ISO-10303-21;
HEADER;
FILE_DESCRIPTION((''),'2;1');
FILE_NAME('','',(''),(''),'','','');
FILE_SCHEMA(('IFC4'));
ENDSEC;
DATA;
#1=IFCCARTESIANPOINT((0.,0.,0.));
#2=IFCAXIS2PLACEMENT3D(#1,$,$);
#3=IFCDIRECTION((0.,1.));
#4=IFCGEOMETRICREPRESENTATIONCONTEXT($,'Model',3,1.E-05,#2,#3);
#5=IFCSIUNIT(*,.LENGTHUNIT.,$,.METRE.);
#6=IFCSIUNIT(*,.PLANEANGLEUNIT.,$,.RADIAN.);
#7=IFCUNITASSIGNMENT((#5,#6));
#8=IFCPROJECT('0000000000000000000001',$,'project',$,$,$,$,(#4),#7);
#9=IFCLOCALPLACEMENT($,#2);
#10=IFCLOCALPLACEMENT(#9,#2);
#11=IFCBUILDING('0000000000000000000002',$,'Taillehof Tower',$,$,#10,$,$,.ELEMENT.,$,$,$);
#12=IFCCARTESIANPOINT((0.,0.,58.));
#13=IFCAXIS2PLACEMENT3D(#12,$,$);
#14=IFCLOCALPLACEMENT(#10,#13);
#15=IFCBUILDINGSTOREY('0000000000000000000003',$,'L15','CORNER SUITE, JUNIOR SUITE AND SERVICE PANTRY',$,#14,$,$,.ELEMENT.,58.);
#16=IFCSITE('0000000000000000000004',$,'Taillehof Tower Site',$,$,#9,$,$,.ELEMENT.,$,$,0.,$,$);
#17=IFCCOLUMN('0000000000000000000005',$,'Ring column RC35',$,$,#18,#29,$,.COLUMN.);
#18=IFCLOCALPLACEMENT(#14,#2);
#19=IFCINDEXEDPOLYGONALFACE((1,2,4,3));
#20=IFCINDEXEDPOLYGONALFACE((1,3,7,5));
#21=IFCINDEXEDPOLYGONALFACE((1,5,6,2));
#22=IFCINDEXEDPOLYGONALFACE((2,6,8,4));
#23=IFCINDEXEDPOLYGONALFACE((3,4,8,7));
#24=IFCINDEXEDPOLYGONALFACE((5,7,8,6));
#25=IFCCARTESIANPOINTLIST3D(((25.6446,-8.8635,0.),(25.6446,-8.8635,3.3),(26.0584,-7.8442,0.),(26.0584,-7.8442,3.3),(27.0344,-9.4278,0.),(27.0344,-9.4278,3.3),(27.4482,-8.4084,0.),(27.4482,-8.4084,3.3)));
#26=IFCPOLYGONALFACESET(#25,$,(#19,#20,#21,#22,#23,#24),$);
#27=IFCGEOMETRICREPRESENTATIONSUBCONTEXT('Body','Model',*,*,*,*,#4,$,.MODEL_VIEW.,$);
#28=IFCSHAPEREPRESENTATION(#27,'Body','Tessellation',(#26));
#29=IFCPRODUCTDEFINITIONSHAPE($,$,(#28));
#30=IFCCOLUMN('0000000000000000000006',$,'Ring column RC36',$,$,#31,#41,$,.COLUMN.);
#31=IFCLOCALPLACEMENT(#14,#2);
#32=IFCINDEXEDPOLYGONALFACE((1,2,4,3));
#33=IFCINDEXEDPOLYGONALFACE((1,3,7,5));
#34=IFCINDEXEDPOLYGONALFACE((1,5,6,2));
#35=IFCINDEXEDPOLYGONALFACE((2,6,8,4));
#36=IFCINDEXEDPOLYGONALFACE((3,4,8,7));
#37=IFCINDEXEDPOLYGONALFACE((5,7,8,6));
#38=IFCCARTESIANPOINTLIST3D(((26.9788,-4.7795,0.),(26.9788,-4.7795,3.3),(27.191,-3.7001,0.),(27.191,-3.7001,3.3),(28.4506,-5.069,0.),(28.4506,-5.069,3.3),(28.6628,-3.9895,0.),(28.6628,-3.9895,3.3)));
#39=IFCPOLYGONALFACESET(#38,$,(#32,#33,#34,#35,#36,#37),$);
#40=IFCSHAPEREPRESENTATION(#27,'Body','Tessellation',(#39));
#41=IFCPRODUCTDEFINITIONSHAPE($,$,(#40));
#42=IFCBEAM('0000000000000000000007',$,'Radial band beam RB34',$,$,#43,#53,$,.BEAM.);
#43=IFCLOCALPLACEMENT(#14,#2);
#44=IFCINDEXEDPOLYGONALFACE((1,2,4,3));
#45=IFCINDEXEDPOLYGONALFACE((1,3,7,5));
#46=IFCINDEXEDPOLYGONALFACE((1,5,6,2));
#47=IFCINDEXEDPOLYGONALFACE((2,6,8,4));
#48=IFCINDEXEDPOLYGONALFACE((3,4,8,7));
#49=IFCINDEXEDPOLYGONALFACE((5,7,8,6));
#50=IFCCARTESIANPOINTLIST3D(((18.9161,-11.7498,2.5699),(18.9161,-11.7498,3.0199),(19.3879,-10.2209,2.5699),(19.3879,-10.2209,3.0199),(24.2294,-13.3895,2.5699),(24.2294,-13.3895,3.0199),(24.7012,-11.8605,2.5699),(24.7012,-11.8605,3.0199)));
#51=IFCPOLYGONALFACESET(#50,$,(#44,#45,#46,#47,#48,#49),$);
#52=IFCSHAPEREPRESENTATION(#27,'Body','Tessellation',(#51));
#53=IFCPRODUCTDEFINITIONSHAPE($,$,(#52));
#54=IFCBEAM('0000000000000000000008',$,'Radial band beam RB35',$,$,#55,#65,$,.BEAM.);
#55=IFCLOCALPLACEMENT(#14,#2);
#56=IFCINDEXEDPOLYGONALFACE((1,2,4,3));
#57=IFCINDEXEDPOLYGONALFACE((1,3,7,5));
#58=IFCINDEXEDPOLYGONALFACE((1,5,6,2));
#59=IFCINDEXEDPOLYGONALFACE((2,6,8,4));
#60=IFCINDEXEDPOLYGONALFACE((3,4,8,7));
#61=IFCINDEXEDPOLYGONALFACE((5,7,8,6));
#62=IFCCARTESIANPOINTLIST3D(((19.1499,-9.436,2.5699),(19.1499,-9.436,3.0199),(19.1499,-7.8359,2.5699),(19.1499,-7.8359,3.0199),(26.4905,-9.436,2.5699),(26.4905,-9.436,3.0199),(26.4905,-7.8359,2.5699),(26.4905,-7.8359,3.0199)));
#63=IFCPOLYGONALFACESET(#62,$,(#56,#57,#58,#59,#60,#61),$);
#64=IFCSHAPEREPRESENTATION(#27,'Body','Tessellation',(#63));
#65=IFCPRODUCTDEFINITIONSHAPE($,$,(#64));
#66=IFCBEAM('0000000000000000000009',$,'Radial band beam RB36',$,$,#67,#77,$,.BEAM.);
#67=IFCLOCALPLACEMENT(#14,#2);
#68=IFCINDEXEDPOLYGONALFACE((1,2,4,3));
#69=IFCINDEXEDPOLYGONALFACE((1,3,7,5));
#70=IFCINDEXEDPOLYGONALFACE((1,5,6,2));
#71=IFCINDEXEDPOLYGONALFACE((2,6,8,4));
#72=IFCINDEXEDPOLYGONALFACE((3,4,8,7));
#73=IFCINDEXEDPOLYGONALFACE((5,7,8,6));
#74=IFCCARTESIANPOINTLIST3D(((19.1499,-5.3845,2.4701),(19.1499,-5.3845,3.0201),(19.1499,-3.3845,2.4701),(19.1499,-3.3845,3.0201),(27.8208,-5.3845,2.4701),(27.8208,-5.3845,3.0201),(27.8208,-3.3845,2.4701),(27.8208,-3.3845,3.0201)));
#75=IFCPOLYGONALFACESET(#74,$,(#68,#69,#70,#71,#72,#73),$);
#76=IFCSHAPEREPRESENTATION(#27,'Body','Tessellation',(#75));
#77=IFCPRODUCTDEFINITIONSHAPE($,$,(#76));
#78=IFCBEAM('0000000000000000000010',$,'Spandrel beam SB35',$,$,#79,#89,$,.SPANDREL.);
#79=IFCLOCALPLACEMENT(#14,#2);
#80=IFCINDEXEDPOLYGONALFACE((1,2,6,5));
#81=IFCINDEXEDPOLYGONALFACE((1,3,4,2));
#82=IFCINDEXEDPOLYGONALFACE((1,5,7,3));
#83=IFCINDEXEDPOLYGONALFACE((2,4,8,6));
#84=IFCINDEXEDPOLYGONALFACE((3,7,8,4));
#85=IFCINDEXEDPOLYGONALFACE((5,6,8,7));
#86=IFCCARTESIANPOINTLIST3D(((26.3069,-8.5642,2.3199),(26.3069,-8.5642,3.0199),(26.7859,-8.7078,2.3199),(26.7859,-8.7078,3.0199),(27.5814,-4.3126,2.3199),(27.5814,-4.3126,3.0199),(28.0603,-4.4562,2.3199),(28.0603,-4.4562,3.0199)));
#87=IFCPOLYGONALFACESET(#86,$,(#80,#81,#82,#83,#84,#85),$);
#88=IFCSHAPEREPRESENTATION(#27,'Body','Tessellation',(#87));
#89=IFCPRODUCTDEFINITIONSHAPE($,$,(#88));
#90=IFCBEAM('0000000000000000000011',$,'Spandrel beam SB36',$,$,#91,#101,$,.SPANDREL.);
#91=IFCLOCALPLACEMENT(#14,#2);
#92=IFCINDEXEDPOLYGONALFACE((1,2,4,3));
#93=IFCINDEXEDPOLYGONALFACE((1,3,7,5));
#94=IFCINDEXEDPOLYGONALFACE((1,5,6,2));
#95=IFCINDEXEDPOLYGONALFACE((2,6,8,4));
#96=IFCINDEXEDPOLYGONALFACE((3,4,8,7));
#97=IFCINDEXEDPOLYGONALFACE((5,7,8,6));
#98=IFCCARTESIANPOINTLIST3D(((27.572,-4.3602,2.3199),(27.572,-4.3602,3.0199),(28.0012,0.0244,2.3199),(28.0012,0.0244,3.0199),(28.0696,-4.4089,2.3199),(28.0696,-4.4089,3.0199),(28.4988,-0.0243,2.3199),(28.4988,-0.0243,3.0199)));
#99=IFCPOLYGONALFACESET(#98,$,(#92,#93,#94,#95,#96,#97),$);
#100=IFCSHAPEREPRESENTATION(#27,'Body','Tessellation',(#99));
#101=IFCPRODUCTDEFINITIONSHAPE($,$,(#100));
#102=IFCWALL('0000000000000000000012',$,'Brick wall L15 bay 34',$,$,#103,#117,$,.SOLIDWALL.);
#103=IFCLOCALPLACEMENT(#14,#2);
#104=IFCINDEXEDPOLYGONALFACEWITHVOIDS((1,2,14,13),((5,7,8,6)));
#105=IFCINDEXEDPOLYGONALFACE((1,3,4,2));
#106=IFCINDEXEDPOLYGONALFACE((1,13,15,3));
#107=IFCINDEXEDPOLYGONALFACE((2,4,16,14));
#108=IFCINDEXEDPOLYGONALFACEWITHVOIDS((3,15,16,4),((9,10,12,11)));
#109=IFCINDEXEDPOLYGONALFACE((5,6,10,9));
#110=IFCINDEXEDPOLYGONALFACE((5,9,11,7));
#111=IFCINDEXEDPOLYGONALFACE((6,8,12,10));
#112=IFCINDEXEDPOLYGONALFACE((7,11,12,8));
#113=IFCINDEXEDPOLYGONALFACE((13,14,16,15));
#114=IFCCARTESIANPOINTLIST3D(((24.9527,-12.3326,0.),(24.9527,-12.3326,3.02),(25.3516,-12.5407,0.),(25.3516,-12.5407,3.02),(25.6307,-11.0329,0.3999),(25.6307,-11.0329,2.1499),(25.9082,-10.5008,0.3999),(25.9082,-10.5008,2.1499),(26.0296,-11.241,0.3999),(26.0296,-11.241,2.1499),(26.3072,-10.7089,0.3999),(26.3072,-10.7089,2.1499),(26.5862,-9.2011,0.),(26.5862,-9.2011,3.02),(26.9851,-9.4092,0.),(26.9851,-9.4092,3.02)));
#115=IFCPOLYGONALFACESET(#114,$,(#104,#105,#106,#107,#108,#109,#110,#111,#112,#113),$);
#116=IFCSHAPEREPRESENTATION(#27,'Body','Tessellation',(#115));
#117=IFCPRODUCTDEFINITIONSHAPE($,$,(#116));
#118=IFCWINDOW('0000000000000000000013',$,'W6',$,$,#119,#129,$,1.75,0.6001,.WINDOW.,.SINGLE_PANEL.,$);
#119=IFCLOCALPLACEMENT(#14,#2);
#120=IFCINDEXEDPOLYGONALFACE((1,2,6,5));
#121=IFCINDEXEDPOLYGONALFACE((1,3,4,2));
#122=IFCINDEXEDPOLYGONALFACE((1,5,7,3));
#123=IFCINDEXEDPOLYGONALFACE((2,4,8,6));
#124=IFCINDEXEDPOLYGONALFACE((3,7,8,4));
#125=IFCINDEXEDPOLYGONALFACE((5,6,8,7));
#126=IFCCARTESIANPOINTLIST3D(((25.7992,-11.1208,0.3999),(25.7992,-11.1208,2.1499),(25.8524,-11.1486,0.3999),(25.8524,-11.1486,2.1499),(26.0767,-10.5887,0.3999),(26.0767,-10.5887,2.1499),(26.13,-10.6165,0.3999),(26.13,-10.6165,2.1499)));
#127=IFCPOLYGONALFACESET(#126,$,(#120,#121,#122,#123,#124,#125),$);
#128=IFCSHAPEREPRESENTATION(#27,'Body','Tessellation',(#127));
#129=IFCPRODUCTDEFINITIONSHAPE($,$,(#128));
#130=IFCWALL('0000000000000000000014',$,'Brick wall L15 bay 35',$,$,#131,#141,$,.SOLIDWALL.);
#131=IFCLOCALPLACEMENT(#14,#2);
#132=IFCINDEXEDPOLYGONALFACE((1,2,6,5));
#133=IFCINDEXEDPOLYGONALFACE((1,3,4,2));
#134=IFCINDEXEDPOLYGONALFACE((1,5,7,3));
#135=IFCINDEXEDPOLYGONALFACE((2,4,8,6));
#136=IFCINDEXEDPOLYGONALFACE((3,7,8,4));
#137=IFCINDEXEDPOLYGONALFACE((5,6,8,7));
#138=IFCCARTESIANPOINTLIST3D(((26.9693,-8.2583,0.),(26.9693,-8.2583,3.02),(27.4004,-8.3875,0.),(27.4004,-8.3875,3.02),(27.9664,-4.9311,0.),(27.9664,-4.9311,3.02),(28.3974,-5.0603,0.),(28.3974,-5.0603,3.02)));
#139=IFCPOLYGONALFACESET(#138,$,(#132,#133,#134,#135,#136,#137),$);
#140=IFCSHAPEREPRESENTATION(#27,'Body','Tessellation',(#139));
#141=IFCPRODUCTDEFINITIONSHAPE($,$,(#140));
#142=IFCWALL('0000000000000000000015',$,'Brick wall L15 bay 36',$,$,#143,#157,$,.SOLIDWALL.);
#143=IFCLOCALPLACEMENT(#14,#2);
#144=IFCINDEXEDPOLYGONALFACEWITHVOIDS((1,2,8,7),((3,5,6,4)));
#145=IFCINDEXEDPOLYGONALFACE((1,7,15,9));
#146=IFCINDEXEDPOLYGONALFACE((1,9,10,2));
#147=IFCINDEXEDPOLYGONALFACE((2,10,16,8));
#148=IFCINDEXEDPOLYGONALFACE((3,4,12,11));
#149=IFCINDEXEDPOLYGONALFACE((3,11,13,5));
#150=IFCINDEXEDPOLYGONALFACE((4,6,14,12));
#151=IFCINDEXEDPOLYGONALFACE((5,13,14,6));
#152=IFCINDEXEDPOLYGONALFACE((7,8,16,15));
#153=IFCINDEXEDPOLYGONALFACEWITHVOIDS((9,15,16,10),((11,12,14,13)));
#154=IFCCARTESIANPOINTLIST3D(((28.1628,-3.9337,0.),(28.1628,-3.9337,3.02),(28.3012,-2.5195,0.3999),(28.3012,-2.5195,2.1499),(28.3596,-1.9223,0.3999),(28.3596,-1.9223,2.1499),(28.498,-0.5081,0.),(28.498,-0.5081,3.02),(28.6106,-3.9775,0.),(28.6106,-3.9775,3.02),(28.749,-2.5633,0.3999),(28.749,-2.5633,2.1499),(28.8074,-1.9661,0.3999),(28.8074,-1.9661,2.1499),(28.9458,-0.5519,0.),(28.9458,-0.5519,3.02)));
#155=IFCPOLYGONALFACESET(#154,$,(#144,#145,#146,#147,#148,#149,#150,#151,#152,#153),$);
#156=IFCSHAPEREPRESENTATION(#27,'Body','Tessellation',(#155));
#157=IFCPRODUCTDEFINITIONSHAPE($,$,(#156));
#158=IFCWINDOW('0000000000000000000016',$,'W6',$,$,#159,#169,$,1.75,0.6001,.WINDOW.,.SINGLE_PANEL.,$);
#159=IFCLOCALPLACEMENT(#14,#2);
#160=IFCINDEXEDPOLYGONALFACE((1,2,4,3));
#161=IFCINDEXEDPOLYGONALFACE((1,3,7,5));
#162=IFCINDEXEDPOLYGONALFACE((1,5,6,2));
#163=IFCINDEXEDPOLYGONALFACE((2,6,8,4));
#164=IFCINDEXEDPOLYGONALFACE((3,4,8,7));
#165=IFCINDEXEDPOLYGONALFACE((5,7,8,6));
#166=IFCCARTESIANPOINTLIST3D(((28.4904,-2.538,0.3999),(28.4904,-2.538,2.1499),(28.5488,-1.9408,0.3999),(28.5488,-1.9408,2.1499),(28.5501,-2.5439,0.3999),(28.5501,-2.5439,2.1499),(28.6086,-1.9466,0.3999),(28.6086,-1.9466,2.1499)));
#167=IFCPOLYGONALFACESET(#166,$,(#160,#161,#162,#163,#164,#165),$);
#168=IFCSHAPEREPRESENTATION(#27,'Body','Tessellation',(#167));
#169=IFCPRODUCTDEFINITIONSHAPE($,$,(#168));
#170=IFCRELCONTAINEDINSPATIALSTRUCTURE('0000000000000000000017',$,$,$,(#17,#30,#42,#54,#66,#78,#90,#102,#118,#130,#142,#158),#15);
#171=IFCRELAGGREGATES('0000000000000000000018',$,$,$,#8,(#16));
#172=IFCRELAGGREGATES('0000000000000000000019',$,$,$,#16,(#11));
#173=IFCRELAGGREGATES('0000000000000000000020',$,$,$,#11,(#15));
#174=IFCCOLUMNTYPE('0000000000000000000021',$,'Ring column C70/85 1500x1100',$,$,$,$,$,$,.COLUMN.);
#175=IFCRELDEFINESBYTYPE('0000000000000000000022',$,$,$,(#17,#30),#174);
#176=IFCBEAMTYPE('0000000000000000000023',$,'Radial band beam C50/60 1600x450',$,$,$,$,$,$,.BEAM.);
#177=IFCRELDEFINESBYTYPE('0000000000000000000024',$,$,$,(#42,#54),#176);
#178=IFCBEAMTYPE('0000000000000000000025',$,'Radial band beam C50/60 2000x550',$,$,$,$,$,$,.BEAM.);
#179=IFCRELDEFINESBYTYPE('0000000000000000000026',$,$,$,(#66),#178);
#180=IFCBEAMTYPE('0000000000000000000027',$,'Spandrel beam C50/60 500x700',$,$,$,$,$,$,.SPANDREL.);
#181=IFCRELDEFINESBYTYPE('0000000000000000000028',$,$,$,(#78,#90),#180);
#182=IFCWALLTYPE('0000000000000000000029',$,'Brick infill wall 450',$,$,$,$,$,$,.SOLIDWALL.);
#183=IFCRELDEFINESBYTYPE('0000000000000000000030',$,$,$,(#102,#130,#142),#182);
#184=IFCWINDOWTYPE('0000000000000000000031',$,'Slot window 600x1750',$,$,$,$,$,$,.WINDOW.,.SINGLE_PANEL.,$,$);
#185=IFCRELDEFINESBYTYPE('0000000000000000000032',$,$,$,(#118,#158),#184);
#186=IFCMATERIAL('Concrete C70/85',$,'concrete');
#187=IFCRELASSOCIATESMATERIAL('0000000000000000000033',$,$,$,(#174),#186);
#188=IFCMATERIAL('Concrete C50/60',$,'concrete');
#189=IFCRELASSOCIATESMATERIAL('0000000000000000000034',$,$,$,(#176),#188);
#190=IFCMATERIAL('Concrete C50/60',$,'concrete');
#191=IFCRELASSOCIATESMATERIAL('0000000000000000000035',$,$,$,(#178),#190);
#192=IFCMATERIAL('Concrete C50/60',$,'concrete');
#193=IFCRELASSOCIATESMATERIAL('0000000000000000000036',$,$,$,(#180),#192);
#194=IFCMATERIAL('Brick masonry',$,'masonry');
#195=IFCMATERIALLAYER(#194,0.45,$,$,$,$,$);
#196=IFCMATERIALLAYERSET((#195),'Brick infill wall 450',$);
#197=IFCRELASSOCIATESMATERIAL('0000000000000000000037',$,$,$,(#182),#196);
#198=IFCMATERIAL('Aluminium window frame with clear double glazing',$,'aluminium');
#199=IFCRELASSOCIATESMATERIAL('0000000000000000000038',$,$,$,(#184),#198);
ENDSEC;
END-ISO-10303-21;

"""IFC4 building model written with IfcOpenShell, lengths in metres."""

from ifc_helpers import new_model, si_unit, direction, frame, frame_2d, origin, origin_2d, place, context, subcontext, project, spatial, rectangle, extrude, material, layer, layer_set, material_profile, profile_set, type_object, element, fill, save


model = new_model("IFC4")

# Units and contexts
model_context = context("Model", 3, precision=1e-05, world=origin(), true_north=direction((0.0, 1.0)))
body_context = subcontext(model_context, "Body", "Model", "MODEL_VIEW")
ifc_project = project(units=[si_unit("LENGTHUNIT", "METRE"), si_unit("PLANEANGLEUNIT", "RADIAN")], contexts=[model_context])

# Site, building, storey
site_placement = place(None, origin())
site = spatial("IfcSite", under=ifc_project, at=site_placement, Name="Taillehof Tower Site", CompositionType="ELEMENT", RefElevation=0.0)
building_placement = place(site_placement, origin())
building = spatial("IfcBuilding", under=site, at=building_placement, Name="Taillehof Tower", CompositionType="ELEMENT")
storey_placement = place(building_placement, frame((0.0, 0.0, 58.0)))
storey = spatial("IfcBuildingStorey", under=building, at=storey_placement, Name="L15", Description="CORNER SUITE, JUNIOR SUITE AND SERVICE PANTRY", CompositionType="ELEMENT", Elevation=58.0)

# Columns
ifc_material_1 = material(Name="Concrete C70/85", Category="concrete")
ifc_material_profile_1 = material_profile(ifc_material_1, rectangle(XDim=1.5, YDim=1.1001, at=origin_2d()), Name="RC 1500x1100")
ifc_profile_set_1 = profile_set([ifc_material_profile_1], Name="Concrete C70/85")
column_type = type_object("IfcColumnType", Name="Ring column C70/85 1500x1100", PredefinedType="COLUMN", material=ifc_profile_set_1)
for number, where, z_axis, x_axis, name in (
    (1, (26.5464, -8.636, 0.0), (0.0, 0.0, 1.0), (0.926558, -0.376152, 0.0), "Ring column RC35"),
    (2, (27.8208, -4.3845, 0.0), (0.0, 0.0, 1.0), (0.981204, -0.192976, 0.0), "Ring column RC36"),
):
    element("IfcColumn", number, at=place(storey_placement, frame(where, z_axis=z_axis, x_axis=x_axis)), inside=storey, type_object=column_type, Name=name, PredefinedType="COLUMN", context=body_context, shape_type="SweptSolid", body=[
        extrude(rectangle(XDim=1.5, YDim=1.1001, at=origin_2d()), origin(), (0.0, 0.0, 1.0), 3.3),
    ])

# Beams
ifc_material_2 = material(Name="Concrete C50/60", Category="concrete")
ifc_material_profile_2 = material_profile(ifc_material_2, rectangle(XDim=1.6001, YDim=0.45, at=origin_2d()), Name="RC 1600x450")
ifc_profile_set_2 = profile_set([ifc_material_profile_2], Name="Concrete C50/60")
beam_type_1 = type_object("IfcBeamType", Name="Radial band beam C50/60 1600x450", PredefinedType="BEAM", material=ifc_profile_set_2)
beam_1_placement = place(storey_placement, frame((24.4653, -12.625, 2.7949), z_axis=(-0.955536, 0.294876, 0.0), x_axis=(-0.294876, -0.955536, 0.0)))
element("IfcBeam", 3, at=beam_1_placement, inside=storey, type_object=beam_type_1, Name="Radial band beam RB34", PredefinedType="BEAM", context=body_context, shape_type="SweptSolid", body=[
    extrude(rectangle(XDim=1.6001, YDim=0.45, at=origin_2d()), origin(), (0.0, 0.0, 1.0), 5.5605),
])
beam_2_placement = place(storey_placement, frame((26.4905, -8.636, 2.7949), z_axis=(-1.0, 0.0, 0.0), x_axis=(0.0, -1.0, 0.0)))
element("IfcBeam", 4, at=beam_2_placement, inside=storey, type_object=beam_type_1, Name="Radial band beam RB35", PredefinedType="BEAM", context=body_context, shape_type="SweptSolid", body=[
    extrude(rectangle(XDim=1.6001, YDim=0.45, at=origin_2d()), origin(), (0.0, 0.0, 1.0), 7.3406),
])
ifc_material_3 = material(Name="Concrete C50/60", Category="concrete")
ifc_material_profile_3 = material_profile(ifc_material_3, rectangle(XDim=2.0, YDim=0.55, at=origin_2d()), Name="RC 2000x550")
ifc_profile_set_3 = profile_set([ifc_material_profile_3], Name="Concrete C50/60")
beam_type_2 = type_object("IfcBeamType", Name="Radial band beam C50/60 2000x550", PredefinedType="BEAM", material=ifc_profile_set_3)
beam_3_placement = place(storey_placement, frame((27.8208, -4.3845, 2.7451), z_axis=(-1.0, 0.0, 0.0), x_axis=(0.0, -1.0, 0.0)))
element("IfcBeam", 5, at=beam_3_placement, inside=storey, type_object=beam_type_2, Name="Radial band beam RB36", PredefinedType="BEAM", context=body_context, shape_type="SweptSolid", body=[
    extrude(rectangle(XDim=2.0, YDim=0.55, at=origin_2d()), origin(), (0.0, 0.0, 1.0), 8.6709),
])
ifc_material_4 = material(Name="Concrete C50/60", Category="concrete")
ifc_material_profile_4 = material_profile(ifc_material_4, rectangle(XDim=0.5, YDim=0.7, at=origin_2d()), Name="RC 500x700")
ifc_profile_set_4 = profile_set([ifc_material_profile_4], Name="Concrete C50/60")
beam_type_3 = type_object("IfcBeamType", Name="Spandrel beam C50/60 500x700", PredefinedType="SPANDREL", material=ifc_profile_set_4)
beam_4_placement = place(storey_placement, frame((26.5464, -8.636, 2.6699), z_axis=(0.287136, 0.95789, 0.0), x_axis=(-0.95789, 0.287136, 0.0)))
element("IfcBeam", 6, at=beam_4_placement, inside=storey, type_object=beam_type_3, Name="Spandrel beam SB35", PredefinedType="SPANDREL", context=body_context, shape_type="SweptSolid", body=[
    extrude(rectangle(XDim=0.5, YDim=0.7, at=origin_2d()), origin(), (0.0, 0.0, 1.0), 4.4385),
])
beam_5_placement = place(storey_placement, frame((27.8208, -4.3845, 2.6699), z_axis=(0.097424, 0.995243, 0.0), x_axis=(-0.995243, 0.097424, 0.0)))
element("IfcBeam", 7, at=beam_5_placement, inside=storey, type_object=beam_type_3, Name="Spandrel beam SB36", PredefinedType="SPANDREL", context=body_context, shape_type="SweptSolid", body=[
    extrude(rectangle(XDim=0.5, YDim=0.7, at=origin_2d()), origin(), (0.0, 0.0, 1.0), 4.4055),
])

# Wall, opening, window
ifc_material_5 = material(Name="Brick masonry", Category="masonry")
ifc_layer_1 = layer(ifc_material_5, 0.45)
ifc_layer_set_1 = layer_set([ifc_layer_1], Name="Brick infill wall 450")
wall_type_1 = type_object("IfcWallType", Name="Brick infill wall 450", PredefinedType="SOLIDWALL", material=ifc_layer_set_1)
wall_1_placement = place(storey_placement, frame((25.1521, -12.4368, 0.0), z_axis=(0.0, 0.0, 1.0), x_axis=(0.462493, 0.886623, 0.0)))
wall_1 = element("IfcWall", 8, at=wall_1_placement, inside=storey, type_object=wall_type_1, Name="Brick wall L15 bay 34", PredefinedType="SOLIDWALL", context=body_context, shape_type="SweptSolid", body=[
    extrude(rectangle(XDim=3.532, YDim=0.45, at=frame_2d((1.7661, 0.0))), origin(), (0.0, 0.0, 1.0), 3.02),
])
opening_1_placement = place(wall_1_placement, frame((1.4661, 0.0, 0.3999)))
opening_1 = element("IfcOpeningElement", 9, at=opening_1_placement, cuts=wall_1, PredefinedType="OPENING", context=body_context, shape_type="SweptSolid", body=[
    extrude(rectangle(XDim=0.6001, YDim=1.75, at=frame_2d((0.3, 0.875))), frame((0.0, 0.2349, 0.0), z_axis=(0.0, -1.0, 0.0), x_axis=(1.0, 0.0, 0.0)), (0.0, 0.0, 1.0), 0.47),
])
ifc_material_6 = material(Name="Aluminium window frame with clear double glazing", Category="aluminium")
window_type = type_object("IfcWindowType", Name="Slot window 600x1750", PartitioningType="SINGLE_PANEL", PredefinedType="WINDOW", material=ifc_material_6)
window_1_placement = place(opening_1_placement, origin())
window_1 = element("IfcWindow", 10, at=window_1_placement, inside=storey, type_object=window_type, Name="W6", OverallHeight=1.75, OverallWidth=0.6001, PartitioningType="SINGLE_PANEL", PredefinedType="WINDOW", context=body_context, shape_type="SweptSolid", body=[
    extrude(rectangle(XDim=0.6001, YDim=1.75, at=frame_2d((0.3, 0.875))), frame((0.0, 0.0349, 0.0), z_axis=(0.0, -1.0, 0.0), x_axis=(1.0, 0.0, 0.0)), (0.0, 0.0, 1.0), 0.0601),
])
fill(opening_1, window_1)

# Wall
wall_2_placement = place(storey_placement, frame((27.1848, -8.323, 0.0), z_axis=(0.0, 0.0, 1.0), x_axis=(0.287064, 0.957911, 0.0)))
element("IfcWall", 11, at=wall_2_placement, inside=storey, type_object=wall_type_1, Name="Brick wall L15 bay 35", PredefinedType="SOLIDWALL", context=body_context, shape_type="SweptSolid", body=[
    extrude(rectangle(XDim=3.4734, YDim=0.45, at=frame_2d((1.7368, 0.0))), origin(), (0.0, 0.0, 1.0), 3.02),
])

# Wall, opening, window
wall_3_placement = place(storey_placement, frame((28.3867, -3.9556, 0.0), z_axis=(0.0, 0.0, 1.0), x_axis=(0.09739, 0.995246, 0.0)))
wall_3 = element("IfcWall", 12, at=wall_3_placement, inside=storey, type_object=wall_type_1, Name="Brick wall L15 bay 36", PredefinedType="SOLIDWALL", context=body_context, shape_type="SweptSolid", body=[
    extrude(rectangle(XDim=3.4419, YDim=0.45, at=frame_2d((1.7209, 0.0))), origin(), (0.0, 0.0, 1.0), 3.02),
])
opening_2_placement = place(wall_3_placement, frame((1.4209, 0.0, 0.3999)))
opening_2 = element("IfcOpeningElement", 13, at=opening_2_placement, cuts=wall_3, PredefinedType="OPENING", context=body_context, shape_type="SweptSolid", body=[
    extrude(rectangle(XDim=0.6001, YDim=1.75, at=frame_2d((0.3, 0.875))), frame((0.0, 0.2349, 0.0), z_axis=(0.0, -1.0, 0.0), x_axis=(1.0, 0.0, 0.0)), (0.0, 0.0, 1.0), 0.47),
])
window_2_placement = place(opening_2_placement, origin())
window_2 = element("IfcWindow", 14, at=window_2_placement, inside=storey, type_object=window_type, Name="W6", OverallHeight=1.75, OverallWidth=0.6001, PartitioningType="SINGLE_PANEL", PredefinedType="WINDOW", context=body_context, shape_type="SweptSolid", body=[
    extrude(rectangle(XDim=0.6001, YDim=1.75, at=frame_2d((0.3, 0.875))), frame((0.0, 0.0349, 0.0), z_axis=(0.0, -1.0, 0.0), x_axis=(1.0, 0.0, 0.0)), (0.0, 0.0, 1.0), 0.0601),
])
fill(opening_2, window_2)

save(model, "model.ifc")
